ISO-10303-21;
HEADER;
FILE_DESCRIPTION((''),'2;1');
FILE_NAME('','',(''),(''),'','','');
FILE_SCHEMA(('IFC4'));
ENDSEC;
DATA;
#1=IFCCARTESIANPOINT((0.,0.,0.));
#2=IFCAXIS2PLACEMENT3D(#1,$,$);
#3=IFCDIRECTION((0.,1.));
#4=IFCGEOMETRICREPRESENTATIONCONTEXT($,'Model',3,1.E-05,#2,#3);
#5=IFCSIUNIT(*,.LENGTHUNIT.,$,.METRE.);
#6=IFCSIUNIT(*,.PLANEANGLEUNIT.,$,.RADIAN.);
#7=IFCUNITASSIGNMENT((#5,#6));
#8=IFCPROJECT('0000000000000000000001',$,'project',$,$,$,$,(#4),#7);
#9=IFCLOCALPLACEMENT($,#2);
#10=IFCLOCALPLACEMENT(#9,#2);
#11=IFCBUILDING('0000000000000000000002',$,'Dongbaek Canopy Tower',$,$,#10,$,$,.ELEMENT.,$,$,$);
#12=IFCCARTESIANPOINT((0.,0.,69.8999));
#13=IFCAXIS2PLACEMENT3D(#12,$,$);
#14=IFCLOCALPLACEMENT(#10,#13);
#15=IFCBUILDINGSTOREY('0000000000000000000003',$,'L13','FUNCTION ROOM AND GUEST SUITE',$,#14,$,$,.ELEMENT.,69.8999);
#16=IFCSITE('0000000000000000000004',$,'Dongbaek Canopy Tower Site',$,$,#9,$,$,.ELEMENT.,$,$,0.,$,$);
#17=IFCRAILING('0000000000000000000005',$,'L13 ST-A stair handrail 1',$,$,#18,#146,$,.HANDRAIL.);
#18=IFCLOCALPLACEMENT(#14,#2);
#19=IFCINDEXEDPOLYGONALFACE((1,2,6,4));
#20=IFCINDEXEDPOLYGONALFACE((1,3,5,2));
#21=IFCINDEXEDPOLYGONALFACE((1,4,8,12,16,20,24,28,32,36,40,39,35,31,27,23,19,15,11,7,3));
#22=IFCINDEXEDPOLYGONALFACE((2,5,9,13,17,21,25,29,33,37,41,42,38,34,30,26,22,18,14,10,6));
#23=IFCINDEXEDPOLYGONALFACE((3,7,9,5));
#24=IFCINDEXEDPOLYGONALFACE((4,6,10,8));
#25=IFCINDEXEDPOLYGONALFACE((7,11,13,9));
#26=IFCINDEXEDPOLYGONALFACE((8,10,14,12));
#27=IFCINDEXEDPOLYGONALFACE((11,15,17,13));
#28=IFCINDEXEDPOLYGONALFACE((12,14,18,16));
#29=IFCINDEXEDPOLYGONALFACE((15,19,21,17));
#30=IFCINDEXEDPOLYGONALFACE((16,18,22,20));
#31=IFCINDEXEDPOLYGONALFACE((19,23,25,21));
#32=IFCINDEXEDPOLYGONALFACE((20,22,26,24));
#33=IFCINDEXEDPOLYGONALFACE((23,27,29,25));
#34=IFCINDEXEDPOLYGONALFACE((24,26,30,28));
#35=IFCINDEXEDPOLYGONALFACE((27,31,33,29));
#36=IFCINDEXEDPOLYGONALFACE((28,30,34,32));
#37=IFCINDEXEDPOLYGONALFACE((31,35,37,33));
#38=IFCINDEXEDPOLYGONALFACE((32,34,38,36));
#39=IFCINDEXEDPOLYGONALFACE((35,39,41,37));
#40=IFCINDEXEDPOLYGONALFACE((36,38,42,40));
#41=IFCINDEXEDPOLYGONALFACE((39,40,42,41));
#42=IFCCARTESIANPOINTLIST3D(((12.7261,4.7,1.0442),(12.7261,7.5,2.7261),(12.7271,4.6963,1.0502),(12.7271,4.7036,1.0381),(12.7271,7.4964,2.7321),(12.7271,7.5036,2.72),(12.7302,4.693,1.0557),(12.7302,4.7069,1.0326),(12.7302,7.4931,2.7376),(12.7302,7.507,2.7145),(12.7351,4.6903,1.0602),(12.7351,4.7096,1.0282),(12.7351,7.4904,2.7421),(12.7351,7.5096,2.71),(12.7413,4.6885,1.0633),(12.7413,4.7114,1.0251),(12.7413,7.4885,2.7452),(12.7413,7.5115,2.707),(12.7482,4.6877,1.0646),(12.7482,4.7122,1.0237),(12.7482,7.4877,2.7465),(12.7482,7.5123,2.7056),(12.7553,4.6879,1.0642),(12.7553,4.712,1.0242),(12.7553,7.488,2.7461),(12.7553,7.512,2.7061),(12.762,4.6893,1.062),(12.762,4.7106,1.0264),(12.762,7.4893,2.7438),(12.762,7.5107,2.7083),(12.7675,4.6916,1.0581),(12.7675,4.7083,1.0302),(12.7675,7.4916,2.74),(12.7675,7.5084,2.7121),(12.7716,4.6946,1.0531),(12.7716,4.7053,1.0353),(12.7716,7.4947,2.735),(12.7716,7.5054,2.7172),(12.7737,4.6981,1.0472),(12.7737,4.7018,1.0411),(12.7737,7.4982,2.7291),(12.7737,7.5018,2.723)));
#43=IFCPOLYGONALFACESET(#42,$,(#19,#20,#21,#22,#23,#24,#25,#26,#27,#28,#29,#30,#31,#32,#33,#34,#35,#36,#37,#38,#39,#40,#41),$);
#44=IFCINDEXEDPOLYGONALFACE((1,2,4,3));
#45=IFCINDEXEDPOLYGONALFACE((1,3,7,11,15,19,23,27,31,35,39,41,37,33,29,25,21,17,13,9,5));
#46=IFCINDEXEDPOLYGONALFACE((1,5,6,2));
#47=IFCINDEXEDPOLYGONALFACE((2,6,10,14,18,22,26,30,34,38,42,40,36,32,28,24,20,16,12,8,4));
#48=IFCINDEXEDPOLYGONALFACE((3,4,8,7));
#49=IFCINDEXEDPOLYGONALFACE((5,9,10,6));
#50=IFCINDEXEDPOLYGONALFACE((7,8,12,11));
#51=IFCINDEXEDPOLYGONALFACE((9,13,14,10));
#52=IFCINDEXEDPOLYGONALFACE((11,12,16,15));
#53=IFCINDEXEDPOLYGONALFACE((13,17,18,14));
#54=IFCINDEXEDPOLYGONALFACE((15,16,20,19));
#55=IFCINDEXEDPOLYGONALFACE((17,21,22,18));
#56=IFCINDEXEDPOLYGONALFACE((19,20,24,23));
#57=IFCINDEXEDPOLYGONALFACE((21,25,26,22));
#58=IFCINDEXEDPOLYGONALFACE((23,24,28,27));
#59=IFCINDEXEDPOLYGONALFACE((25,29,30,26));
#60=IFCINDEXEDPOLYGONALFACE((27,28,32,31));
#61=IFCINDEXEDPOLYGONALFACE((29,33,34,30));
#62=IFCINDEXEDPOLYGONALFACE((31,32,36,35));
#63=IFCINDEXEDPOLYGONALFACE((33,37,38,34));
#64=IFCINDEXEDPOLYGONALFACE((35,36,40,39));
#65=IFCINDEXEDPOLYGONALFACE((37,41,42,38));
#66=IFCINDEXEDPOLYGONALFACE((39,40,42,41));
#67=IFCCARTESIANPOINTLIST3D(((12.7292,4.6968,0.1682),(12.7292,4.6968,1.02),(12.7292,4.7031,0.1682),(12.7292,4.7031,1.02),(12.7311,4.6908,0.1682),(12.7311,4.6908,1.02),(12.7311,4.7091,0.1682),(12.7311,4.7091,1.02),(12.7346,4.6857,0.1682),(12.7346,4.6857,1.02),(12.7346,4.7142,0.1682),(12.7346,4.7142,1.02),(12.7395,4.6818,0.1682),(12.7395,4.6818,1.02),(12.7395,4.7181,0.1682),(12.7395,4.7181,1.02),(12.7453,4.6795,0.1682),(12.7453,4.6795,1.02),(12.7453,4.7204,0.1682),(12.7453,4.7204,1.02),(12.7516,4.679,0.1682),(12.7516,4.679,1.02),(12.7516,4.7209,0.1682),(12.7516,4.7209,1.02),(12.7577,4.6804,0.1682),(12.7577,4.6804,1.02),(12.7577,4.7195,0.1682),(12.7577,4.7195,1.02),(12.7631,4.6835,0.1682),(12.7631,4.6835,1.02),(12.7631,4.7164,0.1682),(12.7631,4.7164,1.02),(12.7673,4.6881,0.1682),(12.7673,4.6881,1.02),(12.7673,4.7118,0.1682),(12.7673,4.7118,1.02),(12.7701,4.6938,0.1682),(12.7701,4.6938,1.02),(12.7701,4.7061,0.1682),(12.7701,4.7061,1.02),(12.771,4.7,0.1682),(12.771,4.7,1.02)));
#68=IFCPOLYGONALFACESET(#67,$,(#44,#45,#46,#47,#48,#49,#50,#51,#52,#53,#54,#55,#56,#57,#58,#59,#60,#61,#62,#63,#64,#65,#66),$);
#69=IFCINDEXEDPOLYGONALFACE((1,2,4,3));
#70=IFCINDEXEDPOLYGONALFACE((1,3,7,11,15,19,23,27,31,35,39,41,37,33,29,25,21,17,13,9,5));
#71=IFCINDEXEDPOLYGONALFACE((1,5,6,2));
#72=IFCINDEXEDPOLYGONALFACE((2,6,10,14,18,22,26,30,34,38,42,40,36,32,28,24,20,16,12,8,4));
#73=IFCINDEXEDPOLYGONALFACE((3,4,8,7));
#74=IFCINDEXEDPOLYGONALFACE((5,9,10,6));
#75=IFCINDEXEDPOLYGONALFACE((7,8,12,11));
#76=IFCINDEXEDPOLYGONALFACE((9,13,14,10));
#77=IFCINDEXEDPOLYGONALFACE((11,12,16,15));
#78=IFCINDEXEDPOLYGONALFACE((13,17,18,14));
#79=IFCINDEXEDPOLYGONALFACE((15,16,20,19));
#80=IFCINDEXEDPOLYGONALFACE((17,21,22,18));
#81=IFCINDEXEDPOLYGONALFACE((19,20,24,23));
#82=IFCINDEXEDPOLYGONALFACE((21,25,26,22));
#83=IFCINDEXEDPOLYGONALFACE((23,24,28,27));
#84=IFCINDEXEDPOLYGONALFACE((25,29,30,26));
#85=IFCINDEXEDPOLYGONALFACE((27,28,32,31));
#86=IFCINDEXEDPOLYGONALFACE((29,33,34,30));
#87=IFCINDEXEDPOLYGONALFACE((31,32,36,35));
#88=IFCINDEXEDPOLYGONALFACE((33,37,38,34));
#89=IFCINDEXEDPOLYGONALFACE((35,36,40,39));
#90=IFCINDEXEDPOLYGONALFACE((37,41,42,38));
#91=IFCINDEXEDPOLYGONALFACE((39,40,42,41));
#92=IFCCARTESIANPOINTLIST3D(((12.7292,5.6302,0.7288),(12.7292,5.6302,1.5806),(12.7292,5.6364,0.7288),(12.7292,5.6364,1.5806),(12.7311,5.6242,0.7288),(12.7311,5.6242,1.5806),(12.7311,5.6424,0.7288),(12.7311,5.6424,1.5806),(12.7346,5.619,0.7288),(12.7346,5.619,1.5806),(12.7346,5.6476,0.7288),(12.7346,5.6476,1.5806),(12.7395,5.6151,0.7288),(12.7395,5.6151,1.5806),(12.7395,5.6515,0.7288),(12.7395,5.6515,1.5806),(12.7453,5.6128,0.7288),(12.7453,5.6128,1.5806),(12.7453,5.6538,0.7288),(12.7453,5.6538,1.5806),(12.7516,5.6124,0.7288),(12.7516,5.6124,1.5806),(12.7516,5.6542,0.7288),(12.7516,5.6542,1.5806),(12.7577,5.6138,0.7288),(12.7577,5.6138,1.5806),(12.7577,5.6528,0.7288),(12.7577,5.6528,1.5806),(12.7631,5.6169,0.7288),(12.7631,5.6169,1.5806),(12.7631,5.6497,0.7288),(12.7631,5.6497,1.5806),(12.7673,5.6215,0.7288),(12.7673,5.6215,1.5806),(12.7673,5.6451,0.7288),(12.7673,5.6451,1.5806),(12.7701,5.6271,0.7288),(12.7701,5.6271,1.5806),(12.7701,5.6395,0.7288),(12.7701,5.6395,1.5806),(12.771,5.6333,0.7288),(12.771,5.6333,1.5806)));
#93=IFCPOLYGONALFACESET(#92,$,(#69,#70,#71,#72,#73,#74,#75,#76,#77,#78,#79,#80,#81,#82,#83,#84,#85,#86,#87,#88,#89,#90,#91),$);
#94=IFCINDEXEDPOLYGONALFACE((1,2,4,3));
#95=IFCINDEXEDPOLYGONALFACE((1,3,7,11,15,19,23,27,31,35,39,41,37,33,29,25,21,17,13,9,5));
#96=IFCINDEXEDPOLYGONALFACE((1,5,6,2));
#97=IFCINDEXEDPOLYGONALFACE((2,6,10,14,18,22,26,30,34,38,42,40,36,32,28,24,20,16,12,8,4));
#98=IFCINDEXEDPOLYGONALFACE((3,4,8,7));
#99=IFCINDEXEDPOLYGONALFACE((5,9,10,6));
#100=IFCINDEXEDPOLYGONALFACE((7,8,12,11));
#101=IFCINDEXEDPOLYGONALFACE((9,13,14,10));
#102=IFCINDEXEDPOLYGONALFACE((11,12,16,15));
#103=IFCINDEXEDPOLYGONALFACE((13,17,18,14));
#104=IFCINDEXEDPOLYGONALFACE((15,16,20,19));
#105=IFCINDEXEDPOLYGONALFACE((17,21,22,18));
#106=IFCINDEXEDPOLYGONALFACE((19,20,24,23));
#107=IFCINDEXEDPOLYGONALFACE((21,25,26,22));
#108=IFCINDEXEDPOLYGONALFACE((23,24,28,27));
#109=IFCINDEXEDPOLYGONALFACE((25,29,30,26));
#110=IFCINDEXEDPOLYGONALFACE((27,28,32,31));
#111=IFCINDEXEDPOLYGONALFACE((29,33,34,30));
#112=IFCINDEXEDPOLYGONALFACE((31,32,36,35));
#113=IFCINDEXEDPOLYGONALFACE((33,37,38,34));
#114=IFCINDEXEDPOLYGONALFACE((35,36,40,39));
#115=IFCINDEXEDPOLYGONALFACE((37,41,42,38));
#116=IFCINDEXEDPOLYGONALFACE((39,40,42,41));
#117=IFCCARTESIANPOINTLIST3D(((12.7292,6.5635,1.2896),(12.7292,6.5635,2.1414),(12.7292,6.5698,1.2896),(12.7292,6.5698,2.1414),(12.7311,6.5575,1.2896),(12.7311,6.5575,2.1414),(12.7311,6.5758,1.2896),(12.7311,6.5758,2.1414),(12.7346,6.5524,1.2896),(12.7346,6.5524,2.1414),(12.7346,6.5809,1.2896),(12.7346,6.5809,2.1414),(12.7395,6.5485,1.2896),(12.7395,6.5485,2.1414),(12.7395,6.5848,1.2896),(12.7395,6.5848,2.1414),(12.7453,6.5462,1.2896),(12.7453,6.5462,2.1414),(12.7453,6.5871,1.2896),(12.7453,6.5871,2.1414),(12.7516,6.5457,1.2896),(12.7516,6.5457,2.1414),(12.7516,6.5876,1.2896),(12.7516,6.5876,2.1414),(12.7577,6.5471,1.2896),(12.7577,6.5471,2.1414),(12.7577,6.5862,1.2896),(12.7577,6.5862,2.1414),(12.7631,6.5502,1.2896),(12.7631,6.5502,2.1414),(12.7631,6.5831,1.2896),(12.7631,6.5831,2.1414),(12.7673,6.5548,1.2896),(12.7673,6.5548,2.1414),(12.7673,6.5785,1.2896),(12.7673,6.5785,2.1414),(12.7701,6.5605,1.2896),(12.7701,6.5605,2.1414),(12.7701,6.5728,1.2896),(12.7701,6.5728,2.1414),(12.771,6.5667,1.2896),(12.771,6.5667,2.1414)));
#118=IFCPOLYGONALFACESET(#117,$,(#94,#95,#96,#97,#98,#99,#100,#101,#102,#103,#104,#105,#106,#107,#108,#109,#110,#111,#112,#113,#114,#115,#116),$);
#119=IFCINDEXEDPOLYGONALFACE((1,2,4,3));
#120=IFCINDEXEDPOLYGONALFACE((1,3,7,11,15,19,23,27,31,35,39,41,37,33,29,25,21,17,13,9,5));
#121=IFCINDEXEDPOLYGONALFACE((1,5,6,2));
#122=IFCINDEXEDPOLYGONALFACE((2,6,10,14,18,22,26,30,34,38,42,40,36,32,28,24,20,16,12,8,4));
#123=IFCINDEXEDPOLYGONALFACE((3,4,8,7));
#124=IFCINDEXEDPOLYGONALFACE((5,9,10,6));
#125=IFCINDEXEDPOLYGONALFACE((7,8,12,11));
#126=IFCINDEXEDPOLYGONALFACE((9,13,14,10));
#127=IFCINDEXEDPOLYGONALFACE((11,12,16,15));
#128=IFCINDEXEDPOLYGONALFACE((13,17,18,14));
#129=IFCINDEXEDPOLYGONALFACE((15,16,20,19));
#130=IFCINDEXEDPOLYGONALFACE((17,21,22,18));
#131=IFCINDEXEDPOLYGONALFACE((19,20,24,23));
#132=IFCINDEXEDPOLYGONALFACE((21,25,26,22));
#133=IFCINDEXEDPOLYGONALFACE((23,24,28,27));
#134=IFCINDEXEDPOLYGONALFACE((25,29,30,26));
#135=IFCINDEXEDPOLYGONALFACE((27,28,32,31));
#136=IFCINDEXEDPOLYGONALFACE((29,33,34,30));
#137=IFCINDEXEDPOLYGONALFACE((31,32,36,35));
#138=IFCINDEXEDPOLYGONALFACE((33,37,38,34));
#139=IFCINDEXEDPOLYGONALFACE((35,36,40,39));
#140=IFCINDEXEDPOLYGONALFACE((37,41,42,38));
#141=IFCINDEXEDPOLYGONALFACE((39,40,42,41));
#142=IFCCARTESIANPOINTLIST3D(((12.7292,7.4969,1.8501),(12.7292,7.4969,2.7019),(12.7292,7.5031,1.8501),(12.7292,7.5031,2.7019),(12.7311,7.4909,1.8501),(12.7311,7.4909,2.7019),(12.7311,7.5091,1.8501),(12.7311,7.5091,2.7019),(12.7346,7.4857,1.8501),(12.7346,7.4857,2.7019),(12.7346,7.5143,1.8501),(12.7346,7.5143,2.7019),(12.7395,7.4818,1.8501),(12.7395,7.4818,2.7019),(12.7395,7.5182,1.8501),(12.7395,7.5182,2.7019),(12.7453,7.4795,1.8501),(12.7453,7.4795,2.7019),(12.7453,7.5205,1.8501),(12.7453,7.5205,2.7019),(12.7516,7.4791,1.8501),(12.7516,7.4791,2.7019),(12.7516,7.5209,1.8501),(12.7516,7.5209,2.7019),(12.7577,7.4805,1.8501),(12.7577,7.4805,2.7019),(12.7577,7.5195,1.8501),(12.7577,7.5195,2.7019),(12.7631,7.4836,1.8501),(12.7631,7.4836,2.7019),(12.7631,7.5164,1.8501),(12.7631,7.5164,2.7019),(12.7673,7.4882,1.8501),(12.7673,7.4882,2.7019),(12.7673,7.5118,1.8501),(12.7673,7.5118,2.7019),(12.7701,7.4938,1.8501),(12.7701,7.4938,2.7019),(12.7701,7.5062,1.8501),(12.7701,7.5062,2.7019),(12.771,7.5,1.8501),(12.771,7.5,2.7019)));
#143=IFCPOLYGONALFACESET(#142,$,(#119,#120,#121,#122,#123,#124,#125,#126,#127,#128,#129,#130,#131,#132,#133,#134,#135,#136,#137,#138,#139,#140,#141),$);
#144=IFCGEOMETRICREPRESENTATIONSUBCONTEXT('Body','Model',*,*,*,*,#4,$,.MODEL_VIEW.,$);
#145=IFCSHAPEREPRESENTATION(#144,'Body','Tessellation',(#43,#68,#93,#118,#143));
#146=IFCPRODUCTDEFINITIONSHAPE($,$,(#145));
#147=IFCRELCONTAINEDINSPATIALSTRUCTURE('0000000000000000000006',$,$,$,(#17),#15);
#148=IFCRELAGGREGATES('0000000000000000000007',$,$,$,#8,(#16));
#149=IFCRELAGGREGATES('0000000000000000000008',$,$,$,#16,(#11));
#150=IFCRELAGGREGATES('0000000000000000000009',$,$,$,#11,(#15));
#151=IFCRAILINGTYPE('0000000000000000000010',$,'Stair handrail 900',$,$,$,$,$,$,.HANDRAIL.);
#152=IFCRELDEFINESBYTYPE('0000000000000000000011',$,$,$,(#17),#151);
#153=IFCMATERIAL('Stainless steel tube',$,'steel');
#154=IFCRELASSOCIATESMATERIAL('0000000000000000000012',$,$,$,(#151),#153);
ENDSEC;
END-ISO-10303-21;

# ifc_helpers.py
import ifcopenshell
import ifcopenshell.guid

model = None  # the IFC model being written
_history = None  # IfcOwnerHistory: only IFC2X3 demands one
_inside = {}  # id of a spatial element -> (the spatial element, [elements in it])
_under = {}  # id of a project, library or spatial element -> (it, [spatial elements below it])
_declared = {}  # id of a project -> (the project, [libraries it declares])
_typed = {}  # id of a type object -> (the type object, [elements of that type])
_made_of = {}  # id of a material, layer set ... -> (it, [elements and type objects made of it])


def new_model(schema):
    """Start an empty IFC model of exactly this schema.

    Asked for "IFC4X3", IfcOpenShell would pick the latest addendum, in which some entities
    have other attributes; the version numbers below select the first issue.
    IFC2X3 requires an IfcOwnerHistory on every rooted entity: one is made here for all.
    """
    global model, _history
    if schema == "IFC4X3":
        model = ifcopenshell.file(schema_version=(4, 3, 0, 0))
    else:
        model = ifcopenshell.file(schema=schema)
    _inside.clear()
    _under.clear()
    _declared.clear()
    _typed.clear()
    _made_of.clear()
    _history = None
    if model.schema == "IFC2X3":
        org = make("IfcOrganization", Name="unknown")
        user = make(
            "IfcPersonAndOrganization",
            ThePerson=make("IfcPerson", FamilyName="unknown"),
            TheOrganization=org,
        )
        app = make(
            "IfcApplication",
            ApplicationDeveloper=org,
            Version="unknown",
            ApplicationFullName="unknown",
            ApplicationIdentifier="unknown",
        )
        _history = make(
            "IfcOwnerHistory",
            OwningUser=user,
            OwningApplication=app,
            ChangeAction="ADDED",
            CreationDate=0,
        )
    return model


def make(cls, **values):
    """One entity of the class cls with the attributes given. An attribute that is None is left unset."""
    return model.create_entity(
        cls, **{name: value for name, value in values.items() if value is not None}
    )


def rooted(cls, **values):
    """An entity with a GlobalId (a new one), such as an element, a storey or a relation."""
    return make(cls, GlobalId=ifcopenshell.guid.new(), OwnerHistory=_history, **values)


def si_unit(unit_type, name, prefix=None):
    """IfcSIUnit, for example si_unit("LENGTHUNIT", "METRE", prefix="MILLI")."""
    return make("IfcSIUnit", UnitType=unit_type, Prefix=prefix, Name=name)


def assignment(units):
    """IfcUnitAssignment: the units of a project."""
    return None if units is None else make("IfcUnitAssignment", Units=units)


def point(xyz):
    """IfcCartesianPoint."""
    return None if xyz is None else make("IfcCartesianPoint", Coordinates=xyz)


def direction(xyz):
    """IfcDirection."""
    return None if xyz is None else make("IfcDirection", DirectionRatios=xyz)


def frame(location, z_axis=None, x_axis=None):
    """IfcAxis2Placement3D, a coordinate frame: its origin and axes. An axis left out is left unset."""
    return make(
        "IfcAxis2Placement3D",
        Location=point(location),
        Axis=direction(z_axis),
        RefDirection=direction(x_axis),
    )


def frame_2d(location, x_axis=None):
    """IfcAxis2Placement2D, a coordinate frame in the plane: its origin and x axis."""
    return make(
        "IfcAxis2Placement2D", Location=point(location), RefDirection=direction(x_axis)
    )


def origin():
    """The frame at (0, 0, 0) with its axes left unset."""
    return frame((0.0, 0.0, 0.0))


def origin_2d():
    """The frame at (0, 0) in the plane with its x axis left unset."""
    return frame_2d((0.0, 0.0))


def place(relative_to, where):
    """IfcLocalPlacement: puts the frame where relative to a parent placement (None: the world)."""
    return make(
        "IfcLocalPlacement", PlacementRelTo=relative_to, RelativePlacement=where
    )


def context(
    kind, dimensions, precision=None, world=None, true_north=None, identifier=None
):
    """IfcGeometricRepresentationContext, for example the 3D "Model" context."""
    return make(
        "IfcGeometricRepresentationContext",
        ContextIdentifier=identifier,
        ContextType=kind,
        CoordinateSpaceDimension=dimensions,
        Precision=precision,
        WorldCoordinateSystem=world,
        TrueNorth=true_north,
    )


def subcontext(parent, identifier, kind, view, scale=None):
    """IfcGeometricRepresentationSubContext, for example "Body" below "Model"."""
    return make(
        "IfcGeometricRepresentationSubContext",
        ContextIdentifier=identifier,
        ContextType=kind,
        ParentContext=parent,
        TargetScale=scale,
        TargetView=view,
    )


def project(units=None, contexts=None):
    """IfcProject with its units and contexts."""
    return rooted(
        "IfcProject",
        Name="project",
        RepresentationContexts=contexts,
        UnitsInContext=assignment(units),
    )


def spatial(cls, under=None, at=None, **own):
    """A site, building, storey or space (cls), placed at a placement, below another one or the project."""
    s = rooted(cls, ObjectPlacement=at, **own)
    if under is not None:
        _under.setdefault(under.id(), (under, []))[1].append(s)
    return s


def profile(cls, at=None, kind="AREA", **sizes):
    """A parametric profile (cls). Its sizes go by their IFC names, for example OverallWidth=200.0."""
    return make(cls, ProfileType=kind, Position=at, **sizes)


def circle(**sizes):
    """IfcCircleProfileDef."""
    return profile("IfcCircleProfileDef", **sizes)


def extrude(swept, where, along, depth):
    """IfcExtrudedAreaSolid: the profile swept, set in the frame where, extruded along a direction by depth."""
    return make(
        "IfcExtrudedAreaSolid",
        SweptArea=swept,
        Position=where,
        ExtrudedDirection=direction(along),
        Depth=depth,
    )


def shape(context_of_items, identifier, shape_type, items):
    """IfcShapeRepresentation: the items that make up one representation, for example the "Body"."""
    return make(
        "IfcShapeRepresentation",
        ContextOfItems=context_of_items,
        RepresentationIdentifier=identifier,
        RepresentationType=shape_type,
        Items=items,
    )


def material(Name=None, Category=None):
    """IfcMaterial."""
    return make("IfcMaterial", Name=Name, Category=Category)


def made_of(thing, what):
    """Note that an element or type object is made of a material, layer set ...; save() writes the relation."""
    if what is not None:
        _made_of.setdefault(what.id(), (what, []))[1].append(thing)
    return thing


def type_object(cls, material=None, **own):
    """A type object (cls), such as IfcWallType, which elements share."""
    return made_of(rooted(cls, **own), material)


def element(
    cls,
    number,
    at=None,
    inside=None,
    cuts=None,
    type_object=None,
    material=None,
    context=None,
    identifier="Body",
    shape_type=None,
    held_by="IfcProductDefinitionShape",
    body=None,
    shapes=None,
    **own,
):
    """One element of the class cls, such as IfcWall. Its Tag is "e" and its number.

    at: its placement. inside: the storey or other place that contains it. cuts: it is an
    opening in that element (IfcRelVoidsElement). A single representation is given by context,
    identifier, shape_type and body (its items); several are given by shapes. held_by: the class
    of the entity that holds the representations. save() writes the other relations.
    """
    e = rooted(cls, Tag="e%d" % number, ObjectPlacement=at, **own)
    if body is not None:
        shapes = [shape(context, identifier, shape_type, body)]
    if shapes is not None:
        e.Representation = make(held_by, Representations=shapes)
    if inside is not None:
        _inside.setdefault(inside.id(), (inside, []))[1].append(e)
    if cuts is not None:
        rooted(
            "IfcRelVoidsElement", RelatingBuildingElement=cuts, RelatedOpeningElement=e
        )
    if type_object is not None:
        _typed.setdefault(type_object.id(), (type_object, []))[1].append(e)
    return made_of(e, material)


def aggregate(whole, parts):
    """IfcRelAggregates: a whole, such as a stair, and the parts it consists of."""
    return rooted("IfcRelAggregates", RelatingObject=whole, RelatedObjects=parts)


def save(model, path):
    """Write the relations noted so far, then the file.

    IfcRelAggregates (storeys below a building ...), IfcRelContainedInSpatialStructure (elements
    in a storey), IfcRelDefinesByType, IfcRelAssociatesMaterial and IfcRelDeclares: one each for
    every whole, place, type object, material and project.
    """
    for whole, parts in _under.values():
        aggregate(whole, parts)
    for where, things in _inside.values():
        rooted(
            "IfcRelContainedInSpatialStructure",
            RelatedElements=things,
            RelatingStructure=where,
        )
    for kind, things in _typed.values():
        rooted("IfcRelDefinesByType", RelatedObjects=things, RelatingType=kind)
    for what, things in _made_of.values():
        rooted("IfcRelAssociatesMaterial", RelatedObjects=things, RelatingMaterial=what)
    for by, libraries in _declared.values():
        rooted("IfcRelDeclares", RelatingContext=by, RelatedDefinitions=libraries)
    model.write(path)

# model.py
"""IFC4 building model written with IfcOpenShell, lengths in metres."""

from ifc_helpers import new_model, si_unit, direction, frame, origin, origin_2d, place, context, subcontext, project, spatial, circle, extrude, material, type_object, element, save


model = new_model("IFC4")

# Units and contexts
model_context = context("Model", 3, precision=1e-05, world=origin(), true_north=direction((0.0, 1.0)))
body_context = subcontext(model_context, "Body", "Model", "MODEL_VIEW")
ifc_project = project(units=[si_unit("LENGTHUNIT", "METRE"), si_unit("PLANEANGLEUNIT", "RADIAN")], contexts=[model_context])

# Site, building, storey
site_placement = place(None, origin())
site = spatial("IfcSite", under=ifc_project, at=site_placement, Name="Dongbaek Canopy Tower Site", CompositionType="ELEMENT", RefElevation=0.0)
building_placement = place(site_placement, origin())
building = spatial("IfcBuilding", under=site, at=building_placement, Name="Dongbaek Canopy Tower", CompositionType="ELEMENT")
storey_placement = place(building_placement, frame((0.0, 0.0, 69.8999)))
storey = spatial("IfcBuildingStorey", under=building, at=storey_placement, Name="L13", Description="FUNCTION ROOM AND GUEST SUITE", CompositionType="ELEMENT", Elevation=69.8999)

# Railing
ifc_material_1 = material(Name="Stainless steel tube", Category="steel")
railing_type_1 = type_object("IfcRailingType", Name="Stair handrail 900", PredefinedType="HANDRAIL", material=ifc_material_1)
railing_1_placement = place(storey_placement, frame((12.75, 4.7, 0.1682)))
element("IfcRailing", 1, at=railing_1_placement, inside=storey, type_object=railing_type_1, Name="L13 ST-A stair handrail 1", PredefinedType="HANDRAIL", context=body_context, shape_type="SweptSolid", body=[
    extrude(circle(Radius=0.0239, at=origin_2d()), frame((0.0, 0.0, 0.876), z_axis=(0.0, 0.857242, 0.514913), x_axis=(-1.0, 0.0, 0.0)), (0.0, 0.0, 1.0), 3.2664),
    extrude(circle(Radius=0.021, at=origin_2d()), origin(), (0.0, 0.0, 1.0), 0.8518),
    extrude(circle(Radius=0.021, at=origin_2d()), frame((0.0, 0.9333, 0.5605)), (0.0, 0.0, 1.0), 0.8518),
    extrude(circle(Radius=0.021, at=origin_2d()), frame((0.0, 1.8667, 1.1213)), (0.0, 0.0, 1.0), 0.8518),
    extrude(circle(Radius=0.021, at=origin_2d()), frame((0.0, 2.8, 1.6819)), (0.0, 0.0, 1.0), 0.8518),
])

save(model, "model.ifc")
